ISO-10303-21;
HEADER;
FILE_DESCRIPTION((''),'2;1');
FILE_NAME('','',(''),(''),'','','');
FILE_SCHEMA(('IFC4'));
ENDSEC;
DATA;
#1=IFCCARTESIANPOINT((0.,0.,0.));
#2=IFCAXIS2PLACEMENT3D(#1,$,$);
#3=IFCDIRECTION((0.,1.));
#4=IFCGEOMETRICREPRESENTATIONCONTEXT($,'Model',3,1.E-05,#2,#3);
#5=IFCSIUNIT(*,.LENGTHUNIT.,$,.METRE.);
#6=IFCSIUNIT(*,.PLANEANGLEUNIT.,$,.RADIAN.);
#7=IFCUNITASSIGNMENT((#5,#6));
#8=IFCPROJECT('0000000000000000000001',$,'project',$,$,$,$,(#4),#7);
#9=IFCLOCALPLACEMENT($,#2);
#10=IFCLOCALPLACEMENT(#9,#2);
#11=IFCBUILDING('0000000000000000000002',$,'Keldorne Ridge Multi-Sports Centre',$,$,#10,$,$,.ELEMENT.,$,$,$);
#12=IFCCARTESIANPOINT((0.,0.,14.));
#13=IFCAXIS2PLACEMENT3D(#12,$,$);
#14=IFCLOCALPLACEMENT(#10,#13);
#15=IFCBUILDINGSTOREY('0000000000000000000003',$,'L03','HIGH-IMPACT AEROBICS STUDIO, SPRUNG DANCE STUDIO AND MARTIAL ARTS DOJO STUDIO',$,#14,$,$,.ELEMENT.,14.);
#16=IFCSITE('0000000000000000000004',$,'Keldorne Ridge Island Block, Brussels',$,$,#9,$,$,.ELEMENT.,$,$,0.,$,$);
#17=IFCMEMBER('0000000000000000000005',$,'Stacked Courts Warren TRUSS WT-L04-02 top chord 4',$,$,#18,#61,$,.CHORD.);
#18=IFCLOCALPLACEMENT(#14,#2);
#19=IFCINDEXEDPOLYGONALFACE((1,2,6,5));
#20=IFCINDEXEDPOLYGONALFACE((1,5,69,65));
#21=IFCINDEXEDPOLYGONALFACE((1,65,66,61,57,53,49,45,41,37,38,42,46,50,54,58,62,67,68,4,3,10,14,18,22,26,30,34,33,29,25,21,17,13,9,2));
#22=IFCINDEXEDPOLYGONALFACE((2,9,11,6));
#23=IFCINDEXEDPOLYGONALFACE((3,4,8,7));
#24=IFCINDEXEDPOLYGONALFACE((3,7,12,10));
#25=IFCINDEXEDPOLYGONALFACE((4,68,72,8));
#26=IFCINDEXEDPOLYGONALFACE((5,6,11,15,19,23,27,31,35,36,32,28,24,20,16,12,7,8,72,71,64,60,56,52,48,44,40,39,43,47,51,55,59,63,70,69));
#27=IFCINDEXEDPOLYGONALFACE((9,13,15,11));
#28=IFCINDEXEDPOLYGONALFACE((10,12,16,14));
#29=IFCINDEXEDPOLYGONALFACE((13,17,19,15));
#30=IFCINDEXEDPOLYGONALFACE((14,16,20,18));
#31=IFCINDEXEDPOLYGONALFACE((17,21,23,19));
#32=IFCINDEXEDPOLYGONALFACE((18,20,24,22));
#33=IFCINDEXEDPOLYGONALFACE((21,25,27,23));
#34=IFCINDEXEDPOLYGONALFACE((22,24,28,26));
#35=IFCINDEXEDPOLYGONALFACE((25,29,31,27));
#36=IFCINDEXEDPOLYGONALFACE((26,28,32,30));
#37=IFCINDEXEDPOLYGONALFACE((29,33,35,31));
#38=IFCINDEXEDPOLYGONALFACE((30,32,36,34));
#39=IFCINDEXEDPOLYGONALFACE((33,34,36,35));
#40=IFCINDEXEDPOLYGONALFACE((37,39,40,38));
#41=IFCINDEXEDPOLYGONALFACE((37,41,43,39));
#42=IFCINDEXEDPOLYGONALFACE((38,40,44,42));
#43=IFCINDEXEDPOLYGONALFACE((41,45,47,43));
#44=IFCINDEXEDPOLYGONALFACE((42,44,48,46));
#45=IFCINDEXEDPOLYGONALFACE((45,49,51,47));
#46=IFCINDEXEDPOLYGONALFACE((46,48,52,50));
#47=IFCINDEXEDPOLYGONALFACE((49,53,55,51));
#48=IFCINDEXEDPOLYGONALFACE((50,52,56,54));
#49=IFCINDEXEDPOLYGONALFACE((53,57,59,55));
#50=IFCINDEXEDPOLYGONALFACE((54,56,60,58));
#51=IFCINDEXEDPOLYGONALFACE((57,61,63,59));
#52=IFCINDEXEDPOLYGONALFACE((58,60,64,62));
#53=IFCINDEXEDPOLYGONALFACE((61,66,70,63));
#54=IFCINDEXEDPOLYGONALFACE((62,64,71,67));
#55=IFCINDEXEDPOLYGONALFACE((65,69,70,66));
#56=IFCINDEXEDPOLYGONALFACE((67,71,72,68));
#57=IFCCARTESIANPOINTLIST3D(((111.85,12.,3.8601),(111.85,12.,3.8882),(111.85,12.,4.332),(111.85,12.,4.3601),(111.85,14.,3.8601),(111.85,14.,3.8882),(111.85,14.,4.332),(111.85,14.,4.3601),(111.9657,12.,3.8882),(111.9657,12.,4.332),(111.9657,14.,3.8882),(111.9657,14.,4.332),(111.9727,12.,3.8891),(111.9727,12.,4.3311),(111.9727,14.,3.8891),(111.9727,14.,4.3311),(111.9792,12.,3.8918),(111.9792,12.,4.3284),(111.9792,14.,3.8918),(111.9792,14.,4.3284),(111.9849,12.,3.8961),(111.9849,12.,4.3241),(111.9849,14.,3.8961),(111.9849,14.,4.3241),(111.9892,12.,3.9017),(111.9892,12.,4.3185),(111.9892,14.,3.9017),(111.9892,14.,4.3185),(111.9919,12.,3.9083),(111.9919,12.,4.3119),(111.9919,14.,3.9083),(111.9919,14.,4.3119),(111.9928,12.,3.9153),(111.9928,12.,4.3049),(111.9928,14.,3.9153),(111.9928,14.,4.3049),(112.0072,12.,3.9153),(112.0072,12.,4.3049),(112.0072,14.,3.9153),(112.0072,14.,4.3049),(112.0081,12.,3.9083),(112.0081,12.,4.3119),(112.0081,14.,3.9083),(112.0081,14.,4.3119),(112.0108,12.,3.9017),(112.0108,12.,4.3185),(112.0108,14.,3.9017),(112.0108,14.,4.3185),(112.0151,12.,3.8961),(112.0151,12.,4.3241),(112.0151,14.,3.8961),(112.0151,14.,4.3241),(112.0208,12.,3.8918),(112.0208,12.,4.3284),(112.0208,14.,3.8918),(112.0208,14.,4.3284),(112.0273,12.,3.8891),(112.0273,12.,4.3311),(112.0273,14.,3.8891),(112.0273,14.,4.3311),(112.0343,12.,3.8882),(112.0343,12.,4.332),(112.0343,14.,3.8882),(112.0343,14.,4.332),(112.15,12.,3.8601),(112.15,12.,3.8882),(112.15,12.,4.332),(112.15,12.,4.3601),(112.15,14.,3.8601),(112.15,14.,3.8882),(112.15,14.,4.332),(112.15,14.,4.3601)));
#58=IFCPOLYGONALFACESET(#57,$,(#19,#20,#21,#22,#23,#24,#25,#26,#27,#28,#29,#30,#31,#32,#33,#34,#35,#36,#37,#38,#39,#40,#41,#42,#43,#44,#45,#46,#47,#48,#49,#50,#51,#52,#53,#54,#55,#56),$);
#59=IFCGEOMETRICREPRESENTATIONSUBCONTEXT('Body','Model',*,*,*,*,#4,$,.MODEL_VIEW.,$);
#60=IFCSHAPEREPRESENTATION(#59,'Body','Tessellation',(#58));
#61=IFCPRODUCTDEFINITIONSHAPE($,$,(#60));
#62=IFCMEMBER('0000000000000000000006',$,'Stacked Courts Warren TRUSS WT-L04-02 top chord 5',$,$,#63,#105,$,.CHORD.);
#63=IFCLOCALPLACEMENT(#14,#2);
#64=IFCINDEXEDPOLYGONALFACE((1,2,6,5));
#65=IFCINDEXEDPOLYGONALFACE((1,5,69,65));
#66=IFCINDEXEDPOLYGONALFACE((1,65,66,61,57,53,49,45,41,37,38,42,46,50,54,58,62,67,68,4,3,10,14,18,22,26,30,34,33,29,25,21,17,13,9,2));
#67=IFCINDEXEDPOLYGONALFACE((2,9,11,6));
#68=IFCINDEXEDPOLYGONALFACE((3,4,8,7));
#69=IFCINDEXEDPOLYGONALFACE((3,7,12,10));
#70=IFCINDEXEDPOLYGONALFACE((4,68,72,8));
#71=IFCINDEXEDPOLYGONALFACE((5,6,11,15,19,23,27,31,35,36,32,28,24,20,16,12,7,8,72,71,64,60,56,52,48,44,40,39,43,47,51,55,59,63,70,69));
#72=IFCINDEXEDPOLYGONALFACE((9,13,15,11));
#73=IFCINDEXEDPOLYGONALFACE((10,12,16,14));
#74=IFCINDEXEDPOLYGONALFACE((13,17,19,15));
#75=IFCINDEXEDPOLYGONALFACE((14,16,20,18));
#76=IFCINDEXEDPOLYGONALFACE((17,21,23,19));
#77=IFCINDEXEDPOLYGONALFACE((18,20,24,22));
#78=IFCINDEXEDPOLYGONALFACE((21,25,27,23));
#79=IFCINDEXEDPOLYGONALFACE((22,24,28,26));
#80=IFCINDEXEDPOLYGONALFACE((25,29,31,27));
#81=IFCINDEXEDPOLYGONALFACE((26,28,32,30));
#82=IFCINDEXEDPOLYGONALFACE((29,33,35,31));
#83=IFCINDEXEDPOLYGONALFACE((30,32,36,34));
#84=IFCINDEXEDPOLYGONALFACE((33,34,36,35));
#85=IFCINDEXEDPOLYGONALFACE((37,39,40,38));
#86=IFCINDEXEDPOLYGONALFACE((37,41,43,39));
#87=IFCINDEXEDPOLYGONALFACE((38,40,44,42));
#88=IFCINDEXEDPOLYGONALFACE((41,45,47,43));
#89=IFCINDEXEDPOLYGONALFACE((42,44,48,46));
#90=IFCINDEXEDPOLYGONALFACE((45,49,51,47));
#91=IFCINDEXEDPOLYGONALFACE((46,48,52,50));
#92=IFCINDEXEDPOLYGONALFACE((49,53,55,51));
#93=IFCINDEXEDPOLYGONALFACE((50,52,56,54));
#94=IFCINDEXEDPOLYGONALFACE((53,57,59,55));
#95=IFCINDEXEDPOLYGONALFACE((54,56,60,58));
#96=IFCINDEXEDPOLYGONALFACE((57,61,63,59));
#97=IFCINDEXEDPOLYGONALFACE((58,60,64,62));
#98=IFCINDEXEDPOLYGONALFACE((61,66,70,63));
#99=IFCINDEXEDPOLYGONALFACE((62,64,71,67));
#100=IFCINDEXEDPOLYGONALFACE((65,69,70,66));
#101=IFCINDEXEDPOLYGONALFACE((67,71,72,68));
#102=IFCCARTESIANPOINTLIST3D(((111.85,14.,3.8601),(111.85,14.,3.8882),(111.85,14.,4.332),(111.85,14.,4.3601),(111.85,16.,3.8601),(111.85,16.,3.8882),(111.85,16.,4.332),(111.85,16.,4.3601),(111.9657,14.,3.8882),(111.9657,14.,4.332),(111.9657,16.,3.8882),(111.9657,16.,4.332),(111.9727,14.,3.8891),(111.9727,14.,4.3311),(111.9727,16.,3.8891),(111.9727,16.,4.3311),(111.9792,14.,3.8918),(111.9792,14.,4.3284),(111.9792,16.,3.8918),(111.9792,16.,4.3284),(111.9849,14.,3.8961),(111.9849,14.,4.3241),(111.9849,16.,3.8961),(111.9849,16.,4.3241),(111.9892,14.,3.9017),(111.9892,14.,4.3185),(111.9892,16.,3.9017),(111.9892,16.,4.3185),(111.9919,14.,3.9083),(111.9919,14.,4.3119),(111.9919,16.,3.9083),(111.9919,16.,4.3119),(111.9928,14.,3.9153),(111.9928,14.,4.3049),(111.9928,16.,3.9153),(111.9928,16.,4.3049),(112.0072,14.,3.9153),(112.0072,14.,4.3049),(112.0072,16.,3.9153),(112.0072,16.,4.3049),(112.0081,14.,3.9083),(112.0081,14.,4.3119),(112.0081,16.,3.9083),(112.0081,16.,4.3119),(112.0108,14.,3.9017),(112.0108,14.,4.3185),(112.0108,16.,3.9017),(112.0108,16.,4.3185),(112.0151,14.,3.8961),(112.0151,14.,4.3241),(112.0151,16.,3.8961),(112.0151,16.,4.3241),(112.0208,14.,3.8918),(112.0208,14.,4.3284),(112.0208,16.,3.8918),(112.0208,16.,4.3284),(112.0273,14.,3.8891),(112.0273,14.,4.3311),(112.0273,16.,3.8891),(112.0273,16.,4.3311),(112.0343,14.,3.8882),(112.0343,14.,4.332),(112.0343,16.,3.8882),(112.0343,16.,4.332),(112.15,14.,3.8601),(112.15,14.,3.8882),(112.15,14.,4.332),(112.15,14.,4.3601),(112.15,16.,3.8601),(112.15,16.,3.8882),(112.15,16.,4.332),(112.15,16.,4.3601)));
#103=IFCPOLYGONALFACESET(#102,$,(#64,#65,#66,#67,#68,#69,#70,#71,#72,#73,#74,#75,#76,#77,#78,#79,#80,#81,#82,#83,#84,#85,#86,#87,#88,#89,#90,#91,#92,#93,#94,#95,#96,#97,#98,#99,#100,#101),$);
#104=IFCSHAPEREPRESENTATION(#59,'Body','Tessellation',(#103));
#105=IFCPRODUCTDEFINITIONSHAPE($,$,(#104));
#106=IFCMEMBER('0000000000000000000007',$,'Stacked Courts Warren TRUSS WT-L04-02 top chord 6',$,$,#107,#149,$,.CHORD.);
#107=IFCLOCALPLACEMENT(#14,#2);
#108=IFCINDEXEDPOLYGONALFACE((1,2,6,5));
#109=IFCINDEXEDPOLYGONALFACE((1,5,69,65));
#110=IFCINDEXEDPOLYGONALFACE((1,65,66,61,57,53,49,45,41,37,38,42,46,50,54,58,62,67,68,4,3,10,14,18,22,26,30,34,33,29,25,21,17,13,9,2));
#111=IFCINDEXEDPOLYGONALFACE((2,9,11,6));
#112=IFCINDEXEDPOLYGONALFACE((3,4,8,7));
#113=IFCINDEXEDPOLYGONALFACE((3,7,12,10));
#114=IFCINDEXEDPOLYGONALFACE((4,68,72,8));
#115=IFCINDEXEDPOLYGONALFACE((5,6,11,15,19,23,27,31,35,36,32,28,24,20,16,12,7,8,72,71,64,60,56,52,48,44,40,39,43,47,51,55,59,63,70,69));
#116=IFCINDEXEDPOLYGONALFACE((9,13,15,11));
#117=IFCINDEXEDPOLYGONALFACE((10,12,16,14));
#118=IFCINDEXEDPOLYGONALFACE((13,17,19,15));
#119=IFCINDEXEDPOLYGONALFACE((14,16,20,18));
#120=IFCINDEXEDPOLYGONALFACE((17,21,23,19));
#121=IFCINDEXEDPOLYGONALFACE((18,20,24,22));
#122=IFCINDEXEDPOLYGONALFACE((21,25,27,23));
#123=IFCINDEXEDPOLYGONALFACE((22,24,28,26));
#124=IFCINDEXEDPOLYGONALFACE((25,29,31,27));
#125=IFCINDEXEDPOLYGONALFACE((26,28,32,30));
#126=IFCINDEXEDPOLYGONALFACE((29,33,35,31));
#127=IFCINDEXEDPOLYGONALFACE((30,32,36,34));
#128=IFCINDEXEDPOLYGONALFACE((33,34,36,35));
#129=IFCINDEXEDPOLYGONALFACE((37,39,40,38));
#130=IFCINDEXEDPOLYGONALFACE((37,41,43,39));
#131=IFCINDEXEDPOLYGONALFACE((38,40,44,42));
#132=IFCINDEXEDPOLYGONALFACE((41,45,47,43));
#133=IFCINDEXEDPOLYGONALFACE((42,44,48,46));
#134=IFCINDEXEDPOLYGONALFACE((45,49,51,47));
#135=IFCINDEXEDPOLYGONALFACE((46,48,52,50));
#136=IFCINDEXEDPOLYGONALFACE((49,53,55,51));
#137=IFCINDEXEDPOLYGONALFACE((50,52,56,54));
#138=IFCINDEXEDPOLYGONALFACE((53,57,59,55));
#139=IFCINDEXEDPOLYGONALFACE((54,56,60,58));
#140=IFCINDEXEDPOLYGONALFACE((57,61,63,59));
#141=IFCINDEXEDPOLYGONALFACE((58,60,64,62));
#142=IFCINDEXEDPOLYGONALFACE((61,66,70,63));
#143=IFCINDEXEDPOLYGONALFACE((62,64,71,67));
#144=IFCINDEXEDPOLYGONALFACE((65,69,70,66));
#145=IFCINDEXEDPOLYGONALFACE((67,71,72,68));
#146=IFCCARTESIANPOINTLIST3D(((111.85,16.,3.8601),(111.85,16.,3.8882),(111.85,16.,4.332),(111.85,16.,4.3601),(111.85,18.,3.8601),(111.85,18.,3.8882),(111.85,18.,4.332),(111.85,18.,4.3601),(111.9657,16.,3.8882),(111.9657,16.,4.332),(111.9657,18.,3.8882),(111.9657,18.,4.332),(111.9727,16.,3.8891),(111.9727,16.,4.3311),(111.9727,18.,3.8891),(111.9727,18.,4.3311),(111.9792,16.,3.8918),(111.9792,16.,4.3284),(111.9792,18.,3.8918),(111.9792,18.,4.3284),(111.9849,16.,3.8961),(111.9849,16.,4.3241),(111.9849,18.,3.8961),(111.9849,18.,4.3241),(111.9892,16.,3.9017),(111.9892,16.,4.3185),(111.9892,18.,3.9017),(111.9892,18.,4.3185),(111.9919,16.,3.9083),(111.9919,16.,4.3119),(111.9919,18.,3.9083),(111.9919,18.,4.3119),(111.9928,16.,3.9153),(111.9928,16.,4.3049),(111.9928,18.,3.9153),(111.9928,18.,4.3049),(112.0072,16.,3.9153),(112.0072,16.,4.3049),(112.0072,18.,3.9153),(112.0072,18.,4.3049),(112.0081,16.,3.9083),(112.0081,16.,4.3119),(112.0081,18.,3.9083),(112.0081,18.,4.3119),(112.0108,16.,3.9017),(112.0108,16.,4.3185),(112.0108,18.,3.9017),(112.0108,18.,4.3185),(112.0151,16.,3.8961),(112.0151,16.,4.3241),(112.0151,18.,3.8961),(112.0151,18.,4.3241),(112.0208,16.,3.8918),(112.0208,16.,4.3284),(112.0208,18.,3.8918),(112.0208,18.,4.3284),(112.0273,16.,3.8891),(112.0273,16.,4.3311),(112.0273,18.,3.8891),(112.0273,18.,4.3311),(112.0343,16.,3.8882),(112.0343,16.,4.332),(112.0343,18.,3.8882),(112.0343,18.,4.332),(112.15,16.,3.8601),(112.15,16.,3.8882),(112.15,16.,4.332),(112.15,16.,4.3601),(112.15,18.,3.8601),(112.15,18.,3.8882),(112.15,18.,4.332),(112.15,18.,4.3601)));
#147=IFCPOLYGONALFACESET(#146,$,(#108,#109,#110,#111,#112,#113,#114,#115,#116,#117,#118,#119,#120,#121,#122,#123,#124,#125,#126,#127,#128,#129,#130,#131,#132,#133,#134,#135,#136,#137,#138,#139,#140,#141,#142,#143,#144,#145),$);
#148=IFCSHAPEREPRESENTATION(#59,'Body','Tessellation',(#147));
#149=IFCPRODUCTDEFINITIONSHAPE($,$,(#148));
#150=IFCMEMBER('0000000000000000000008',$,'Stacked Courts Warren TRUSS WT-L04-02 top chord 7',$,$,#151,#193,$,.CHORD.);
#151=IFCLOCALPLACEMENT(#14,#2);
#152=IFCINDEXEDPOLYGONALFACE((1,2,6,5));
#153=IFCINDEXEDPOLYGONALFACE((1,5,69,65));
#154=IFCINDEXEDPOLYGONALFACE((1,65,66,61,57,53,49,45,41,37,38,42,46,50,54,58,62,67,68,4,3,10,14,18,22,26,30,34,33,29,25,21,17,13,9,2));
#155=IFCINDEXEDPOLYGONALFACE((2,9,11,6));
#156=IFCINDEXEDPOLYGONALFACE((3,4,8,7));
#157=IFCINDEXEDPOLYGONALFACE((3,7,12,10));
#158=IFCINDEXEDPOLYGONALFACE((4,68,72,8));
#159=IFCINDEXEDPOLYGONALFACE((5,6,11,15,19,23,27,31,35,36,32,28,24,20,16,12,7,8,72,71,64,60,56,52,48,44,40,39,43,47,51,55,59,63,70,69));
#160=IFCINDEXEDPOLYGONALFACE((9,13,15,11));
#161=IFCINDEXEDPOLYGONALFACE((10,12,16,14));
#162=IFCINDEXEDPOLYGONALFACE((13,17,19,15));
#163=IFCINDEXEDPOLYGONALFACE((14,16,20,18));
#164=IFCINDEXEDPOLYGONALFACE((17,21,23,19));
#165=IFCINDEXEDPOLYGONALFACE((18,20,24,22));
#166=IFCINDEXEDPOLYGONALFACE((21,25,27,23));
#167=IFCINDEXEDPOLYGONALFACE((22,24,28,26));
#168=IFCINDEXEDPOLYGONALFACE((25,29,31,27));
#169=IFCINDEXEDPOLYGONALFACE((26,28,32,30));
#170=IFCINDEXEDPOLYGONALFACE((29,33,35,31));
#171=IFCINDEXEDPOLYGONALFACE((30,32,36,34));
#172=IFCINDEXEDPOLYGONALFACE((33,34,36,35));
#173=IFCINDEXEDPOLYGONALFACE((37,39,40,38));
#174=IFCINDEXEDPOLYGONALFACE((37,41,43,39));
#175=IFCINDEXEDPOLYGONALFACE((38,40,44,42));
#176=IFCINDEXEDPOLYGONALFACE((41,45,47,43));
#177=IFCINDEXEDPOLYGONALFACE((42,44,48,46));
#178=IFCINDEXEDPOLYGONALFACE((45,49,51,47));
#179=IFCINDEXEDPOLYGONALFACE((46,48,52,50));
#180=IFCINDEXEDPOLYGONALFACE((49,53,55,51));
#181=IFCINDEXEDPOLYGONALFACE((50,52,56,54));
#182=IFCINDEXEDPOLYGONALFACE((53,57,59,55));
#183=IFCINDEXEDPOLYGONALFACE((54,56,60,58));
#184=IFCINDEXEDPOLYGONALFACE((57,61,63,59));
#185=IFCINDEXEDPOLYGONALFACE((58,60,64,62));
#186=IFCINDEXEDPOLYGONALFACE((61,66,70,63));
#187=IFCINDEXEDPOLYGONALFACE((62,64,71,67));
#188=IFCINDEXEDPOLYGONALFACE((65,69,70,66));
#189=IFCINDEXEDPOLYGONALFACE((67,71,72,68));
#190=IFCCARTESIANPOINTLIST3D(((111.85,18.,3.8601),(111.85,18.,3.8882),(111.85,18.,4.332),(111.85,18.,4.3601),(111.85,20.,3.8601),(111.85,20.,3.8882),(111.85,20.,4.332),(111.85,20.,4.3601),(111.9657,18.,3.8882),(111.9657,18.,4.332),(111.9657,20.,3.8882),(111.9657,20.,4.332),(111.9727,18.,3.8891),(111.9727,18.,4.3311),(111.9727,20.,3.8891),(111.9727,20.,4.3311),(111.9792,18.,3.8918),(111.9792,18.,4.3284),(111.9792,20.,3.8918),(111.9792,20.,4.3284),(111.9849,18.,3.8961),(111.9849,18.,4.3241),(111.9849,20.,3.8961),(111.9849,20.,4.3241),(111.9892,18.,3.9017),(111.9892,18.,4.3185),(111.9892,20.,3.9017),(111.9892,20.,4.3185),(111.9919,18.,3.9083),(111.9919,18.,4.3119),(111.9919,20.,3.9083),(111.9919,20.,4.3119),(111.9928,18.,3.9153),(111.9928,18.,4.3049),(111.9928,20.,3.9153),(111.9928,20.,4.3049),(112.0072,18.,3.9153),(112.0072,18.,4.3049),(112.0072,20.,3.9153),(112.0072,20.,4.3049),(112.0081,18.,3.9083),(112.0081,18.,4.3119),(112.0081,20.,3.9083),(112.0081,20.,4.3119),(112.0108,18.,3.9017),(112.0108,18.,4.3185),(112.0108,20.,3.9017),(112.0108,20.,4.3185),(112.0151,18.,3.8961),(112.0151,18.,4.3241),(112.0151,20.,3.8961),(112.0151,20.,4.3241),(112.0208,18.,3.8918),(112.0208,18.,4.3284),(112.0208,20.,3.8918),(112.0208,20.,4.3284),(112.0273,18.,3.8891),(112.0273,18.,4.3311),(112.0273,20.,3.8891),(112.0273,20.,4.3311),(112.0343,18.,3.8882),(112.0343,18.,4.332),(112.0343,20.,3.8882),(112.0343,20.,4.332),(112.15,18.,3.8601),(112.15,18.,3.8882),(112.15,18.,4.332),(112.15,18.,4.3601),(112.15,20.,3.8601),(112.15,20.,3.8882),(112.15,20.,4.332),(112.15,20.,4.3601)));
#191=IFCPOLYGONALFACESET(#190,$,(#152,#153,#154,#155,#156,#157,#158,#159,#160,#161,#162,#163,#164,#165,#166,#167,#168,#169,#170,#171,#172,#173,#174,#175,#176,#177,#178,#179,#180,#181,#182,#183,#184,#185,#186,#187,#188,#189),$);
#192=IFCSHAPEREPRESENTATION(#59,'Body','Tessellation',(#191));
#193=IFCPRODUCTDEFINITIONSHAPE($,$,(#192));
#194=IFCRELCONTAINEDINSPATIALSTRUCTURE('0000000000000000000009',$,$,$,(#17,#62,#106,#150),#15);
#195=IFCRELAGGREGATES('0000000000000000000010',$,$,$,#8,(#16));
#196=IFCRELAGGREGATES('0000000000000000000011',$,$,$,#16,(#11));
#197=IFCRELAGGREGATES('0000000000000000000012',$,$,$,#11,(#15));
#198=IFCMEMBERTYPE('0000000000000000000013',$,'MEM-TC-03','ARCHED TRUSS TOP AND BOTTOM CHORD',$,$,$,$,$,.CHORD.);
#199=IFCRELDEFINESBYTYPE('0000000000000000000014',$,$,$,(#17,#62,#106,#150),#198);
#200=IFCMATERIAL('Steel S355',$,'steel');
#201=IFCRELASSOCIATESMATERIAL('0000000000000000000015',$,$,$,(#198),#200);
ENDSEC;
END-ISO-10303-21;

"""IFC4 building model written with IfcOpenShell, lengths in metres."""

from ifc_helpers import new_model, si_unit, direction, frame, origin, origin_2d, place, context, subcontext, project, spatial, i_section, extrude, material, material_profile, profile_set, type_object, element, save


model = new_model("IFC4")

# Units and contexts
model_context = context("Model", 3, precision=1e-05, world=origin(), true_north=direction((0.0, 1.0)))
body_context = subcontext(model_context, "Body", "Model", "MODEL_VIEW")
ifc_project = project(units=[si_unit("LENGTHUNIT", "METRE"), si_unit("PLANEANGLEUNIT", "RADIAN")], contexts=[model_context])

# Site, building, storey
site_placement = place(None, origin())
site = spatial("IfcSite", under=ifc_project, at=site_placement, Name="Keldorne Ridge Island Block, Brussels", CompositionType="ELEMENT", RefElevation=0.0)
building_placement = place(site_placement, origin())
building = spatial("IfcBuilding", under=site, at=building_placement, Name="Keldorne Ridge Multi-Sports Centre", CompositionType="ELEMENT")
storey_placement = place(building_placement, frame((0.0, 0.0, 14.0)))
storey = spatial("IfcBuildingStorey", under=building, at=storey_placement, Name="L03", Description="HIGH-IMPACT AEROBICS STUDIO, SPRUNG DANCE STUDIO AND MARTIAL ARTS DOJO STUDIO", CompositionType="ELEMENT", Elevation=14.0)

# Members
ifc_material = material(Name="Steel S355", Category="steel")
ifc_material_profile_1 = material_profile(ifc_material, i_section(OverallWidth=0.3, OverallDepth=0.5, WebThickness=0.0144, FlangeThickness=0.0281, FilletRadius=0.0271, at=origin_2d()), Name="HEB 500")
ifc_profile_set_1 = profile_set([ifc_material_profile_1], Name="Steel S355")
member_type_1 = type_object("IfcMemberType", Name="MEM-TC-03", Description="ARCHED TRUSS TOP AND BOTTOM CHORD", PredefinedType="CHORD", material=ifc_profile_set_1)
for number, where, z_axis, x_axis, name in (
    (1, (112.0, 12.0, 4.1101), (0.0, 1.0, 0.0), (-1.0, 0.0, 0.0), "Stacked Courts Warren TRUSS WT-L04-02 top chord 4"),
    (2, (112.0, 14.0, 4.1101), (0.0, 1.0, 0.0), (-1.0, 0.0, 0.0), "Stacked Courts Warren TRUSS WT-L04-02 top chord 5"),
    (3, (112.0, 16.0, 4.1101), (0.0, 1.0, 0.0), (-1.0, 0.0, 0.0), "Stacked Courts Warren TRUSS WT-L04-02 top chord 6"),
    (4, (112.0, 18.0, 4.1101), (0.0, 1.0, 0.0), (-1.0, 0.0, 0.0), "Stacked Courts Warren TRUSS WT-L04-02 top chord 7"),
):
    element("IfcMember", number, at=place(storey_placement, frame(where, z_axis=z_axis, x_axis=x_axis)), inside=storey, type_object=member_type_1, Name=name, PredefinedType="CHORD", context=body_context, shape_type="SweptSolid", body=[
        extrude(i_section(OverallWidth=0.3, OverallDepth=0.5, WebThickness=0.0144, FlangeThickness=0.0281, FilletRadius=0.0271, at=origin_2d()), origin(), (0.0, 0.0, 1.0), 2.0),
    ])

save(model, "model.ifc")
